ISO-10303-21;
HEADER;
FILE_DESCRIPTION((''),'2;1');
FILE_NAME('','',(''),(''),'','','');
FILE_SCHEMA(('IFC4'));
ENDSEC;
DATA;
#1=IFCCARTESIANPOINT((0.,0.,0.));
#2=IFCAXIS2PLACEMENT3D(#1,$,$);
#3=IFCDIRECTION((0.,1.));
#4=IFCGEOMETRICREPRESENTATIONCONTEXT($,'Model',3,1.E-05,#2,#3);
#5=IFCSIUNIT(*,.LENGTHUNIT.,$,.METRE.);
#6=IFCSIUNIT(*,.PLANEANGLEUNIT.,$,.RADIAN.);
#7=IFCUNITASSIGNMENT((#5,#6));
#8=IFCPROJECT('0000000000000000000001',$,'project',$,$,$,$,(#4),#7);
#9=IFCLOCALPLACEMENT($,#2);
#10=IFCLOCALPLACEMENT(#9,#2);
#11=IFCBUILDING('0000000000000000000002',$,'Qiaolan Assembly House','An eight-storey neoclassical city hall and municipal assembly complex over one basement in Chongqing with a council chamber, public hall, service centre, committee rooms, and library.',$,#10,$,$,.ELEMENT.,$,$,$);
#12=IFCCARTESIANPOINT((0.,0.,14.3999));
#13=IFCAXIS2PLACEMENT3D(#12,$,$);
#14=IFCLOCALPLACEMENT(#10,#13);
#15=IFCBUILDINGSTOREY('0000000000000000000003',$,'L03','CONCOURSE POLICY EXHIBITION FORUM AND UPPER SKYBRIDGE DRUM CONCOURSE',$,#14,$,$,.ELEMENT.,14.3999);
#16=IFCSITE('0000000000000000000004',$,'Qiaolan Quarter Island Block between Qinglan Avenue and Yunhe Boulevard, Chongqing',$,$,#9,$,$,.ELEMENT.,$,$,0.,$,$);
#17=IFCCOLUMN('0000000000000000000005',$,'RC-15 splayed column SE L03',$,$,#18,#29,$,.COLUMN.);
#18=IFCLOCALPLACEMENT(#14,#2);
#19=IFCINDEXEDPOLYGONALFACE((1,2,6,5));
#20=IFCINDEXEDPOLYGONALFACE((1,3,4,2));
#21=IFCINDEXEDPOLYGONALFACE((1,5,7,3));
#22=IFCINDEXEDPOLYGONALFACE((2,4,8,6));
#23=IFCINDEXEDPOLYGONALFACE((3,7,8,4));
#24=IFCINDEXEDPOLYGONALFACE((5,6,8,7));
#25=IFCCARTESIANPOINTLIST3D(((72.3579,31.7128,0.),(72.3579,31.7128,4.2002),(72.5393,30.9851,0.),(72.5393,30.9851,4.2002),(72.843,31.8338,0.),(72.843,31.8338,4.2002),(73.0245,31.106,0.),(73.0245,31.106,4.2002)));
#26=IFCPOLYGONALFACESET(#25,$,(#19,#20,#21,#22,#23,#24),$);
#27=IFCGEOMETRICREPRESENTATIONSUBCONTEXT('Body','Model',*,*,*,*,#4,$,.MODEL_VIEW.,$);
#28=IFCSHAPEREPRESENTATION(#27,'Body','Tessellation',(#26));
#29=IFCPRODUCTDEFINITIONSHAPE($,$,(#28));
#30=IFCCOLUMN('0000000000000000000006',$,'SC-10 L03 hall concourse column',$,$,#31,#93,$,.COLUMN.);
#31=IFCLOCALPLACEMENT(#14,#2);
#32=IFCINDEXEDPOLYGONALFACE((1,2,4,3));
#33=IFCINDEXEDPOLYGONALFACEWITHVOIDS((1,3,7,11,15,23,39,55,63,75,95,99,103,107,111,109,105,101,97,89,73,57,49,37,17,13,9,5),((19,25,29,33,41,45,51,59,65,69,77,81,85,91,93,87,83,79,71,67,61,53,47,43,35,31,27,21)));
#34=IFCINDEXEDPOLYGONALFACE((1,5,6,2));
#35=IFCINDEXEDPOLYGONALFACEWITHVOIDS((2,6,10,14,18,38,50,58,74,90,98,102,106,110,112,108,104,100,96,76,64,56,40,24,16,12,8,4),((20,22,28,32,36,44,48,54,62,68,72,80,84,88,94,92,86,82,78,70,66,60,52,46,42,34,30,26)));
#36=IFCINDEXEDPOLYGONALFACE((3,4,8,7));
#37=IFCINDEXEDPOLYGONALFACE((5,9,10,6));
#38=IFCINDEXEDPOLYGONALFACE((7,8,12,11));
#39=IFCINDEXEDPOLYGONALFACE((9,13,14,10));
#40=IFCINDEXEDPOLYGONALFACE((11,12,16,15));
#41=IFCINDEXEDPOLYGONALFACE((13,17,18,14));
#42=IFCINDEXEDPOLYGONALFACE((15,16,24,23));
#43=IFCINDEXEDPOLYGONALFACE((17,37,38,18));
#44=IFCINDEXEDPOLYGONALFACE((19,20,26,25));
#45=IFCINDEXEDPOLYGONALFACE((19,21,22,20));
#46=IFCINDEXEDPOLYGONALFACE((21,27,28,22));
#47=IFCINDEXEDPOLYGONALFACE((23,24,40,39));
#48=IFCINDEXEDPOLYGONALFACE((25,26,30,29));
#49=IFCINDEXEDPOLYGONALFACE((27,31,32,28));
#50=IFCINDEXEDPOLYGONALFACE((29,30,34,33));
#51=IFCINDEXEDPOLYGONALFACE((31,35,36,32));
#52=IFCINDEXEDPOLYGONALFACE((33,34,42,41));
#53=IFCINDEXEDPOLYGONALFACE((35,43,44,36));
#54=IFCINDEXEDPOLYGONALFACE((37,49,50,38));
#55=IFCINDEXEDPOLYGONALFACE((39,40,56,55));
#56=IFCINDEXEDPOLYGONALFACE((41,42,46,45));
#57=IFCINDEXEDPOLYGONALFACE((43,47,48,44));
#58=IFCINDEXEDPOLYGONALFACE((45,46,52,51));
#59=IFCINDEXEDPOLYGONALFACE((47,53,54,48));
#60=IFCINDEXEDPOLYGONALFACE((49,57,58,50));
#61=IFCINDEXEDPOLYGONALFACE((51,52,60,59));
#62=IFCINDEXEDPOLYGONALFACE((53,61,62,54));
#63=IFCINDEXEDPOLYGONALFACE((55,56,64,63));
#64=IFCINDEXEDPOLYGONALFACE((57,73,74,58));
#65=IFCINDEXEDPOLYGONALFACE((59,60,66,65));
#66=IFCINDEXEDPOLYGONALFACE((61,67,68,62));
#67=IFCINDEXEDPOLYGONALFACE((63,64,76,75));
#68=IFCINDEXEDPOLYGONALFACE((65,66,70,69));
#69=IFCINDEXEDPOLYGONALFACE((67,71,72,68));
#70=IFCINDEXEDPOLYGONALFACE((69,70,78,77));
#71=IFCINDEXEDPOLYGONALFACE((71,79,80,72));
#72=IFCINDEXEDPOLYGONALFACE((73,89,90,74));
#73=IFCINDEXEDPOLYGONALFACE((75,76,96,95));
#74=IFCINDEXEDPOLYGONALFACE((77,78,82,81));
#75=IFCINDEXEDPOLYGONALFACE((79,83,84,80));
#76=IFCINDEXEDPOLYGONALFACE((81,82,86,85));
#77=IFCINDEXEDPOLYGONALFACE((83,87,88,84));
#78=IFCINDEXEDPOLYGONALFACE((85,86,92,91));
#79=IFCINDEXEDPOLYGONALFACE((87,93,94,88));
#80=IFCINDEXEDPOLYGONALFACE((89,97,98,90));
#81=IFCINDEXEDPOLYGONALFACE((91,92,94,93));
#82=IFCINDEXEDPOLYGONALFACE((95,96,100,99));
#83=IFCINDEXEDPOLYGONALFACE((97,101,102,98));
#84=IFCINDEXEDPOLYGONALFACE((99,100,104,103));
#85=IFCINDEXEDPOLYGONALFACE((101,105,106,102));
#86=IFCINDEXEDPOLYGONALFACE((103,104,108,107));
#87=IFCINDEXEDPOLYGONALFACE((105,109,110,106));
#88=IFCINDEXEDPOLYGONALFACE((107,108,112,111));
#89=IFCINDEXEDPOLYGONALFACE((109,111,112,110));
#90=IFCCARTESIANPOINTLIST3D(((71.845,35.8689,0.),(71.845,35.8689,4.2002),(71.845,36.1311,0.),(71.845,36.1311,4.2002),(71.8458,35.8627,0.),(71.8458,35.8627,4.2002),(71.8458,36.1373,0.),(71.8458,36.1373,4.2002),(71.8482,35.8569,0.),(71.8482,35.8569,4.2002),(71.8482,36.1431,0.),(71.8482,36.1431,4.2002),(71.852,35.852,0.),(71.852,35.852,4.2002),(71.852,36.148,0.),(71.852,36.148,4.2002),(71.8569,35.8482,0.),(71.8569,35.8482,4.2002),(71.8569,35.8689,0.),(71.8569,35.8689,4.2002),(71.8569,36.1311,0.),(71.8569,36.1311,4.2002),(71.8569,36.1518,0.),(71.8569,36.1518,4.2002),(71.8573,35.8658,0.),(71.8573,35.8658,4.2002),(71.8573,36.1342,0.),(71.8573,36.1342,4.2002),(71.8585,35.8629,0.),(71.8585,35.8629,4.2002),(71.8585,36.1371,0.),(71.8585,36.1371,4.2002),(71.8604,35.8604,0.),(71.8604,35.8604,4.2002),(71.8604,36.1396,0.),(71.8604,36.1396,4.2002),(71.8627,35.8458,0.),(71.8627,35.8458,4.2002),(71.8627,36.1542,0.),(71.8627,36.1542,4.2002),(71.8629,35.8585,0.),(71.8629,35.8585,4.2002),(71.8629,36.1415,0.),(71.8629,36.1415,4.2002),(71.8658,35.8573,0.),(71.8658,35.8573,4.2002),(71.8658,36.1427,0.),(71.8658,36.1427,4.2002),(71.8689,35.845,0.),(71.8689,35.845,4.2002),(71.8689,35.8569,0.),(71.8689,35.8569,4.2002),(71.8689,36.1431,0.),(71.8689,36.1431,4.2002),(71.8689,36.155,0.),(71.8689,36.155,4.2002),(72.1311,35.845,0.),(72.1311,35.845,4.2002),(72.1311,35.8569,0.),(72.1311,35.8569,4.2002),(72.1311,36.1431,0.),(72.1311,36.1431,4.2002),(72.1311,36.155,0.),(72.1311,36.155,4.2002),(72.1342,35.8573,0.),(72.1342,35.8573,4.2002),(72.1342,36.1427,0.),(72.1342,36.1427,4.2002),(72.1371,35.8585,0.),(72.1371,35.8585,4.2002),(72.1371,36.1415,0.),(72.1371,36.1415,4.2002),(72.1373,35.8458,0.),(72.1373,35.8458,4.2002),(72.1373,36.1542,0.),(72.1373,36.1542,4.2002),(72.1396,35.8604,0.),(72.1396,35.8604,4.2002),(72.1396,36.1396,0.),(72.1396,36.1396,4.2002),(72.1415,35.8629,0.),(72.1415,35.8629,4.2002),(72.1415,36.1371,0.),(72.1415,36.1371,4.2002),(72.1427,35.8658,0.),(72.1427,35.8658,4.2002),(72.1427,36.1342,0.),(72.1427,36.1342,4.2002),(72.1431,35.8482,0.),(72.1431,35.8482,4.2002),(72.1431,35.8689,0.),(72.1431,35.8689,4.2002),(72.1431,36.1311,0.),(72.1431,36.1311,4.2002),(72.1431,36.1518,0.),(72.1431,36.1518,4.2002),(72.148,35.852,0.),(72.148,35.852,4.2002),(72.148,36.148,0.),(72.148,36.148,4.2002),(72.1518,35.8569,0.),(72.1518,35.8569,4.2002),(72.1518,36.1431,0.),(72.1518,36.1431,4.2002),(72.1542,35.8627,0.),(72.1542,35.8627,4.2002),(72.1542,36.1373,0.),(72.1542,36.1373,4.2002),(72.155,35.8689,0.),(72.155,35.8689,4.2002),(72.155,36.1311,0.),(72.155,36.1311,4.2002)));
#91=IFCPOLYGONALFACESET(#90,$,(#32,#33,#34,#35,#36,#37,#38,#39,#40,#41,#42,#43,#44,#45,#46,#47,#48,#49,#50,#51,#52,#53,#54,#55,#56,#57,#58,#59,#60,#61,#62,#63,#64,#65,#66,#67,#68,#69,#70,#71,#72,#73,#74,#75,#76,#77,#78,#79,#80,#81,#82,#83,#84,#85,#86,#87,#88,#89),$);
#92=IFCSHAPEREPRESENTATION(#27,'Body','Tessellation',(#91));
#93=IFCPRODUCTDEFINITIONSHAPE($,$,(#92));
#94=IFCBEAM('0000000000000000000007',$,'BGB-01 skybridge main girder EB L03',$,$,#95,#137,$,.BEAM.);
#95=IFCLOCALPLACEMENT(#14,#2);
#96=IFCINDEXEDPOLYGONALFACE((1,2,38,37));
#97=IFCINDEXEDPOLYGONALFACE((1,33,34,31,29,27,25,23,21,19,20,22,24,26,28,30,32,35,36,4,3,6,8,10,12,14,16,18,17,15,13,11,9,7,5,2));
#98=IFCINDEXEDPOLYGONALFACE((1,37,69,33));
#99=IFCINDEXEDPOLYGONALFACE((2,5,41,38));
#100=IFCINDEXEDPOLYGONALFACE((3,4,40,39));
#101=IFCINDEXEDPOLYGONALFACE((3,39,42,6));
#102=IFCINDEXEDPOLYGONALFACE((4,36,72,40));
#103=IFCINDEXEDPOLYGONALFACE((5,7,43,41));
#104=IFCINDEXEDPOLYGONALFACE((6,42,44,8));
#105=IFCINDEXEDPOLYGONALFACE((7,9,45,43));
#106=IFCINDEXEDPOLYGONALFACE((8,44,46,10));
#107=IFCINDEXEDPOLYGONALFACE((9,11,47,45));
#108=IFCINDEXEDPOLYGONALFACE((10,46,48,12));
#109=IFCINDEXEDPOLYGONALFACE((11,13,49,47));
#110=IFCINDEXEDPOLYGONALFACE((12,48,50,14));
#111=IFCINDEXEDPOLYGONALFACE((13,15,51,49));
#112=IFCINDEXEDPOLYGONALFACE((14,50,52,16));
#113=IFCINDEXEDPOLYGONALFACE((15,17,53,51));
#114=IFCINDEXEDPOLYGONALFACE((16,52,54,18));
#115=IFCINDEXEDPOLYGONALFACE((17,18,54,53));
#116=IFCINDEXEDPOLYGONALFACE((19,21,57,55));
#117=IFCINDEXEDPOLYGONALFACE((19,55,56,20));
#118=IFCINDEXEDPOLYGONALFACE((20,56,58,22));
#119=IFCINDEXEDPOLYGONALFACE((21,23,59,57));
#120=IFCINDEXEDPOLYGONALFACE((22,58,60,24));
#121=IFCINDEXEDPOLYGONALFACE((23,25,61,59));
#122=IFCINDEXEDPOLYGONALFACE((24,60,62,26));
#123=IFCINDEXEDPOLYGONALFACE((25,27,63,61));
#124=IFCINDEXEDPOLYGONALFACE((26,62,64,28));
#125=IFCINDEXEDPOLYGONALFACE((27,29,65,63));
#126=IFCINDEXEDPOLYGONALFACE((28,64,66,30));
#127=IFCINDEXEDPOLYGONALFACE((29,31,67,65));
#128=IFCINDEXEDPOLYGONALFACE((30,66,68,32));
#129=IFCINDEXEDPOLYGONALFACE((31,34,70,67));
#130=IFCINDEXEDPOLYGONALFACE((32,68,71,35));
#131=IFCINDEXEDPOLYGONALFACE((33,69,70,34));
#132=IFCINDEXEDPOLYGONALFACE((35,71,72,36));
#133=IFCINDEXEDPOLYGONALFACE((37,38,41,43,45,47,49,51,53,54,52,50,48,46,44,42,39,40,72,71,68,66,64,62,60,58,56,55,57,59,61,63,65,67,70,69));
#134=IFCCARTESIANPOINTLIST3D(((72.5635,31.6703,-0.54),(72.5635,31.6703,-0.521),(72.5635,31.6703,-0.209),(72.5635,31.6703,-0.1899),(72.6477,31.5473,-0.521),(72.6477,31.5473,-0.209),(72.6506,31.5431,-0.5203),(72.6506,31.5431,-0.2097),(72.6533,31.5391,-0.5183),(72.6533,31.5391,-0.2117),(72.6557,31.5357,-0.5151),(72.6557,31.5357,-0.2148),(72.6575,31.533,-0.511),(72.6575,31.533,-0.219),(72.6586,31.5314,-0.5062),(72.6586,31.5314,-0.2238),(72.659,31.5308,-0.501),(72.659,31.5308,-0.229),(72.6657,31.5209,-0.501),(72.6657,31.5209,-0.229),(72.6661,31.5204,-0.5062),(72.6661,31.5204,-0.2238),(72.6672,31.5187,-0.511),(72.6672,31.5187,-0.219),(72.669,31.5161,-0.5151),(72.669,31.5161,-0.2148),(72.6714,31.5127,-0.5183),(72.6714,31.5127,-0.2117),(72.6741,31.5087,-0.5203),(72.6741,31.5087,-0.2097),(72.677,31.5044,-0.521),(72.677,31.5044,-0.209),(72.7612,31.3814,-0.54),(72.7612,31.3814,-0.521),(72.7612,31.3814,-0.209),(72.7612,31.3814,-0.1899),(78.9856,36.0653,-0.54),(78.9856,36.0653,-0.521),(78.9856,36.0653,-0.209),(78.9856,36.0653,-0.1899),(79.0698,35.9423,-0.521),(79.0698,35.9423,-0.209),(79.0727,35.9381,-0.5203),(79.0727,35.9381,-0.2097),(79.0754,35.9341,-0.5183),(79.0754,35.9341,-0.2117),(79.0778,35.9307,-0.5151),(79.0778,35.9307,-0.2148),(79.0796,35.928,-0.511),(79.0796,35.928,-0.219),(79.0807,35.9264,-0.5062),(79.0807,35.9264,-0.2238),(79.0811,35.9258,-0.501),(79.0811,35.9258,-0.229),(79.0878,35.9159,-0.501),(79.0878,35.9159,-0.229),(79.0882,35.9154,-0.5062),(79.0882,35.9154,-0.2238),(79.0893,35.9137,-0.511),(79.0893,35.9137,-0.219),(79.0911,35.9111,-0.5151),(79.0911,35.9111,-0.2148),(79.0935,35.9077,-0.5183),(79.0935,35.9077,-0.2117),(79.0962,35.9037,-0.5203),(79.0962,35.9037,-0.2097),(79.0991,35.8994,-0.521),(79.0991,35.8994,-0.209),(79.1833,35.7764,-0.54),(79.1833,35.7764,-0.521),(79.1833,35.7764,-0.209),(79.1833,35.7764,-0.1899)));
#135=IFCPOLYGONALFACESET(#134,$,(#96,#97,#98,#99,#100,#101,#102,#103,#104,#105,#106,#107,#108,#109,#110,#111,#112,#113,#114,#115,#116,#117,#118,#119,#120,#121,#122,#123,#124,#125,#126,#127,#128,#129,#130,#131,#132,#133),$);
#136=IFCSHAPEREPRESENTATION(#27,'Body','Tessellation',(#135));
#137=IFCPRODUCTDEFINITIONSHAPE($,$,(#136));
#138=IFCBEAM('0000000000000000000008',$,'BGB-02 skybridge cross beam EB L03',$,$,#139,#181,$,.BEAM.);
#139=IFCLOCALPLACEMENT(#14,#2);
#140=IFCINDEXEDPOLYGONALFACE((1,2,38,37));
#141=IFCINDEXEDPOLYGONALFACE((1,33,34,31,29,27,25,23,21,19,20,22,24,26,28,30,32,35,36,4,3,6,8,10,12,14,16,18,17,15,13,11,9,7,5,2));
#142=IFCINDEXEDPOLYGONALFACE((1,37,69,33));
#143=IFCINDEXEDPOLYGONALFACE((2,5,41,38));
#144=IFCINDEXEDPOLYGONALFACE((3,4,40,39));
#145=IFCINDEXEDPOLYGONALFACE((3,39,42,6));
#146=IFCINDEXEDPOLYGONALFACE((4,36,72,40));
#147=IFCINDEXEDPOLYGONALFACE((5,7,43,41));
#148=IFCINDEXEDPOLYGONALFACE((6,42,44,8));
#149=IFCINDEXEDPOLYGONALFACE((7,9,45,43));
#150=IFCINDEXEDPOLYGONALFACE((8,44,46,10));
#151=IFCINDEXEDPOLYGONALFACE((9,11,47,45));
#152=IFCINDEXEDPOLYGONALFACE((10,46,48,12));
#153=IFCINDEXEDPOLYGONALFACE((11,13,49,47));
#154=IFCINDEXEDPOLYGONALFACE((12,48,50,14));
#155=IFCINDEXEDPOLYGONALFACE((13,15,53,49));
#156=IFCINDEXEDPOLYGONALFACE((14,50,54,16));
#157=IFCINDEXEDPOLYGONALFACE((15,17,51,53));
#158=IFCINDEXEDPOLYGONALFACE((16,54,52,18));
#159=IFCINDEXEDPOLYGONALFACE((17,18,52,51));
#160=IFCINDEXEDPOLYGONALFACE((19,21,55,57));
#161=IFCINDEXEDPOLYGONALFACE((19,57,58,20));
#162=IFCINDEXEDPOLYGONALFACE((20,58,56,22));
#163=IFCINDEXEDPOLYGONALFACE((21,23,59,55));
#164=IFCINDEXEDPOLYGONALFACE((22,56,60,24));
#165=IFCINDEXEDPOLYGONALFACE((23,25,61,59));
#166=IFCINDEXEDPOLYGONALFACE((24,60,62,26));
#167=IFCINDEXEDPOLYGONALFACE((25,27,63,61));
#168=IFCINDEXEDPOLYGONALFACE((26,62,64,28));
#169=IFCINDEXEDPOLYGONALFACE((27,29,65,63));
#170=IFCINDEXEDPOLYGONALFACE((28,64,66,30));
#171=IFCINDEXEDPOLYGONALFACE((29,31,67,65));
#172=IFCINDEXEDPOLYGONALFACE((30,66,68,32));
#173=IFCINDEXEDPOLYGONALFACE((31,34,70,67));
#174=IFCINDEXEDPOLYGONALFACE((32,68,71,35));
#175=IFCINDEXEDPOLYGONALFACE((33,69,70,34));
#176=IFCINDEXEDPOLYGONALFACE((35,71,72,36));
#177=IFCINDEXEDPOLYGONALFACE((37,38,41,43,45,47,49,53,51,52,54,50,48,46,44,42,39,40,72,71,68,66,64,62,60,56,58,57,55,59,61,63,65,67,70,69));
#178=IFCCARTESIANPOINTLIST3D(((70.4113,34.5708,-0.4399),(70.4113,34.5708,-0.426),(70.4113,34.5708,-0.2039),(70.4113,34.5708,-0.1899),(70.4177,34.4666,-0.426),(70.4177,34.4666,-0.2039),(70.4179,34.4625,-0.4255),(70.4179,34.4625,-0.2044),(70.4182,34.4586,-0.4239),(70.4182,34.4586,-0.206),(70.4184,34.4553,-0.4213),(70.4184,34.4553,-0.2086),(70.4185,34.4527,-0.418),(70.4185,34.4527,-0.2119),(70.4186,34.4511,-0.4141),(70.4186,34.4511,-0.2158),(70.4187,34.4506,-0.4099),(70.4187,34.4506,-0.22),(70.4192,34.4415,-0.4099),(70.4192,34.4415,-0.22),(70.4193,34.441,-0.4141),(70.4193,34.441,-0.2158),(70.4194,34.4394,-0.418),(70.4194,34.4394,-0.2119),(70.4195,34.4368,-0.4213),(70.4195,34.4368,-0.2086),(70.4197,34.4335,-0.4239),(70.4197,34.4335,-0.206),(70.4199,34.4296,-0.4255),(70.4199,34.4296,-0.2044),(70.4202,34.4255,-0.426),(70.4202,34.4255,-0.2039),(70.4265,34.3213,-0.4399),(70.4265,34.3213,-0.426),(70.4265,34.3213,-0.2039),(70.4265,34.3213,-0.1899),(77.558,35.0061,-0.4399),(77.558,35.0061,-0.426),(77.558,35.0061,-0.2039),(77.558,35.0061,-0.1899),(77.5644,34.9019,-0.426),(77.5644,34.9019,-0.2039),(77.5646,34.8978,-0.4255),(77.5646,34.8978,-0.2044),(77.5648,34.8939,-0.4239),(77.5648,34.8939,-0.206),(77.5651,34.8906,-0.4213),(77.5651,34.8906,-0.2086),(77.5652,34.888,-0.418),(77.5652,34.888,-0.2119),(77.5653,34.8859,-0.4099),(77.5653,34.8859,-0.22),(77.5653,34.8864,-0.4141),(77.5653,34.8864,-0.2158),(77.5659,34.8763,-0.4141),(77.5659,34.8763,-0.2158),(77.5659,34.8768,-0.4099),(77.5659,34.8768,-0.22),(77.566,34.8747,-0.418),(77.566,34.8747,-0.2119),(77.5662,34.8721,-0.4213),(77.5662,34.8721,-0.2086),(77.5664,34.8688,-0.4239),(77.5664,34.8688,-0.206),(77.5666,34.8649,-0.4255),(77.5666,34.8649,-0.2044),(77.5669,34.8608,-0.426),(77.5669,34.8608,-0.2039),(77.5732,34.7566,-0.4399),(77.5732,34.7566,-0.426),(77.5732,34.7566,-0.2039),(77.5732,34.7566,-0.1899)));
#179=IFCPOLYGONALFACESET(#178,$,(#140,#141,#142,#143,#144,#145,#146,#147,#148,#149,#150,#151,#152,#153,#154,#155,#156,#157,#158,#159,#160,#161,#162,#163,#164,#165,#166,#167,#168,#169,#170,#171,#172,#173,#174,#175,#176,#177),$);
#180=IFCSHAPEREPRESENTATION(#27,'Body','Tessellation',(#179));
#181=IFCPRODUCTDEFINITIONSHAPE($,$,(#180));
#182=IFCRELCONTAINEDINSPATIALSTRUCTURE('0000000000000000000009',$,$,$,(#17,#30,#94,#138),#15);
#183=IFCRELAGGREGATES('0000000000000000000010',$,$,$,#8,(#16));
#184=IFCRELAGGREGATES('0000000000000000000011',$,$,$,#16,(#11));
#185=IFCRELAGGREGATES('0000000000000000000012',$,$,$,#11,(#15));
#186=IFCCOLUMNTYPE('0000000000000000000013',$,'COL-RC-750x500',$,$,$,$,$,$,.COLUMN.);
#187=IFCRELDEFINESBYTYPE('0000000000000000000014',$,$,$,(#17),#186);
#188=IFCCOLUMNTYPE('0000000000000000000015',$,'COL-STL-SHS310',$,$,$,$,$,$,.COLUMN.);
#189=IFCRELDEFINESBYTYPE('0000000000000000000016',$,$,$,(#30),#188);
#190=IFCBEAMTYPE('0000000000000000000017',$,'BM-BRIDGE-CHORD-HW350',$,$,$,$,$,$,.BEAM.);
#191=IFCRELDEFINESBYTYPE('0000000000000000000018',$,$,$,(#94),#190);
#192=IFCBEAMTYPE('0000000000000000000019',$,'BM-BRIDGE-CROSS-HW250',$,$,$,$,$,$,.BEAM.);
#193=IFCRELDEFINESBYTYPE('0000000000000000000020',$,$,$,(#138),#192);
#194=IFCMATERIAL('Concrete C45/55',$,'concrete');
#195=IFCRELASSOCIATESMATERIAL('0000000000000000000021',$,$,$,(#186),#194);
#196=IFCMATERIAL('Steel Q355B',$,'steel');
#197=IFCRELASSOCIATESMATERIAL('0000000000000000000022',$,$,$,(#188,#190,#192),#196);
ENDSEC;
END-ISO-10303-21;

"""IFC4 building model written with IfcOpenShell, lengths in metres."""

from ifc_helpers import new_model, si_unit, direction, frame, origin, origin_2d, place, context, subcontext, project, spatial, rectangle, hollow_rectangle, i_section, extrude, material, material_profile, profile_set, type_object, element, save


model = new_model("IFC4")

# Units and contexts
model_context = context("Model", 3, precision=1e-05, world=origin(), true_north=direction((0.0, 1.0)))
body_context = subcontext(model_context, "Body", "Model", "MODEL_VIEW")
ifc_project = project(units=[si_unit("LENGTHUNIT", "METRE"), si_unit("PLANEANGLEUNIT", "RADIAN")], contexts=[model_context])

# Site, building, storey
site_placement = place(None, origin())
site = spatial("IfcSite", under=ifc_project, at=site_placement, Name="Qiaolan Quarter Island Block between Qinglan Avenue and Yunhe Boulevard, Chongqing", CompositionType="ELEMENT", RefElevation=0.0)
building_placement = place(site_placement, origin())
building = spatial("IfcBuilding", under=site, at=building_placement, Name="Qiaolan Assembly House", Description="An eight-storey neoclassical city hall and municipal assembly complex over one basement in Chongqing with a council chamber, public hall, service centre, committee rooms, and library.", CompositionType="ELEMENT")
storey_placement = place(building_placement, frame((0.0, 0.0, 14.3999)))
storey = spatial("IfcBuildingStorey", under=building, at=storey_placement, Name="L03", Description="CONCOURSE POLICY EXHIBITION FORUM AND UPPER SKYBRIDGE DRUM CONCOURSE", CompositionType="ELEMENT", Elevation=14.3999)

# Columns
ifc_material_1 = material(Name="Concrete C45/55", Category="concrete")
ifc_material_profile_1 = material_profile(ifc_material_1, rectangle(XDim=0.5, YDim=0.75, at=origin_2d()), Name="RC 750x500")
ifc_profile_set_1 = profile_set([ifc_material_profile_1], Name="Concrete C45/55")
column_type_1 = type_object("IfcColumnType", Name="COL-RC-750x500", PredefinedType="COLUMN", material=ifc_profile_set_1)
column_1_placement = place(storey_placement, frame((72.6912, 31.4094, 0.0), z_axis=(0.0, 0.0, 1.0), x_axis=(0.970296, 0.241922, 0.0)))
element("IfcColumn", 1, at=column_1_placement, inside=storey, type_object=column_type_1, Name="RC-15 splayed column SE L03", PredefinedType="COLUMN", context=body_context, shape_type="SweptSolid", body=[
    extrude(rectangle(XDim=0.5, YDim=0.75, at=origin_2d()), origin(), (0.0, 0.0, 1.0), 4.2002),
])
ifc_material_2 = material(Name="Steel Q355B", Category="steel")
ifc_material_profile_2 = material_profile(ifc_material_2, hollow_rectangle(XDim=0.3101, YDim=0.3101, WallThickness=0.012, InnerFilletRadius=0.012, OuterFilletRadius=0.0239, at=origin_2d()), Name="SHS 310x310x12")
ifc_profile_set_2 = profile_set([ifc_material_profile_2], Name="Steel Q355B")
column_type_2 = type_object("IfcColumnType", Name="COL-STL-SHS310", PredefinedType="COLUMN", material=ifc_profile_set_2)
column_2_placement = place(storey_placement, frame((72.0, 36.0, 0.0), z_axis=(0.0, 0.0, 1.0), x_axis=(1.0, 0.0, 0.0)))
element("IfcColumn", 2, at=column_2_placement, inside=storey, type_object=column_type_2, Name="SC-10 L03 hall concourse column", PredefinedType="COLUMN", context=body_context, shape_type="SweptSolid", body=[
    extrude(hollow_rectangle(XDim=0.3101, YDim=0.3101, WallThickness=0.012, InnerFilletRadius=0.012, OuterFilletRadius=0.0239, at=origin_2d()), origin(), (0.0, 0.0, 1.0), 4.2002),
])

# Beams
ifc_material_profile_3 = material_profile(ifc_material_2, i_section(OverallWidth=0.3501, OverallDepth=0.3501, WebThickness=0.012, FlangeThickness=0.019, FilletRadius=0.02, at=origin_2d()), Name="HW 350x350x12x19-BR")
ifc_profile_set_3 = profile_set([ifc_material_profile_3], Name="Steel Q355B")
beam_type_1 = type_object("IfcBeamType", Name="BM-BRIDGE-CHORD-HW350", PredefinedType="BEAM", material=ifc_profile_set_3)
beam_1_placement = place(storey_placement, frame((72.6624, 31.5259, -0.365), z_axis=(0.825251, 0.564766, 0.0), x_axis=(-0.564766, 0.825251, 0.0)))
element("IfcBeam", 3, at=beam_1_placement, inside=storey, type_object=beam_type_1, Name="BGB-01 skybridge main girder EB L03", PredefinedType="BEAM", context=body_context, shape_type="SweptSolid", body=[
    extrude(i_section(OverallWidth=0.3501, OverallDepth=0.3501, WebThickness=0.012, FlangeThickness=0.019, FilletRadius=0.02, at=origin_2d()), origin(), (0.0, 0.0, 1.0), 7.782),
])
ifc_material_profile_4 = material_profile(ifc_material_2, i_section(OverallWidth=0.25, OverallDepth=0.25, WebThickness=0.009, FlangeThickness=0.0139, FilletRadius=0.0161, at=origin_2d()), Name="HW 250x250x9x14")
ifc_profile_set_4 = profile_set([ifc_material_profile_4], Name="Steel Q355B")
beam_type_2 = type_object("IfcBeamType", Name="BM-BRIDGE-CROSS-HW250", PredefinedType="BEAM", material=ifc_profile_set_4)
beam_2_placement = place(storey_placement, frame((70.4189, 34.446, -0.3149), z_axis=(0.99815, 0.060797, 0.0), x_axis=(-0.060797, 0.99815, 0.0)))
element("IfcBeam", 4, at=beam_2_placement, inside=storey, type_object=beam_type_2, Name="BGB-02 skybridge cross beam EB L03", PredefinedType="BEAM", context=body_context, shape_type="SweptSolid", body=[
    extrude(i_section(OverallWidth=0.25, OverallDepth=0.25, WebThickness=0.009, FlangeThickness=0.0139, FilletRadius=0.0161, at=origin_2d()), origin(), (0.0, 0.0, 1.0), 7.1599),
])

save(model, "model.ifc")
